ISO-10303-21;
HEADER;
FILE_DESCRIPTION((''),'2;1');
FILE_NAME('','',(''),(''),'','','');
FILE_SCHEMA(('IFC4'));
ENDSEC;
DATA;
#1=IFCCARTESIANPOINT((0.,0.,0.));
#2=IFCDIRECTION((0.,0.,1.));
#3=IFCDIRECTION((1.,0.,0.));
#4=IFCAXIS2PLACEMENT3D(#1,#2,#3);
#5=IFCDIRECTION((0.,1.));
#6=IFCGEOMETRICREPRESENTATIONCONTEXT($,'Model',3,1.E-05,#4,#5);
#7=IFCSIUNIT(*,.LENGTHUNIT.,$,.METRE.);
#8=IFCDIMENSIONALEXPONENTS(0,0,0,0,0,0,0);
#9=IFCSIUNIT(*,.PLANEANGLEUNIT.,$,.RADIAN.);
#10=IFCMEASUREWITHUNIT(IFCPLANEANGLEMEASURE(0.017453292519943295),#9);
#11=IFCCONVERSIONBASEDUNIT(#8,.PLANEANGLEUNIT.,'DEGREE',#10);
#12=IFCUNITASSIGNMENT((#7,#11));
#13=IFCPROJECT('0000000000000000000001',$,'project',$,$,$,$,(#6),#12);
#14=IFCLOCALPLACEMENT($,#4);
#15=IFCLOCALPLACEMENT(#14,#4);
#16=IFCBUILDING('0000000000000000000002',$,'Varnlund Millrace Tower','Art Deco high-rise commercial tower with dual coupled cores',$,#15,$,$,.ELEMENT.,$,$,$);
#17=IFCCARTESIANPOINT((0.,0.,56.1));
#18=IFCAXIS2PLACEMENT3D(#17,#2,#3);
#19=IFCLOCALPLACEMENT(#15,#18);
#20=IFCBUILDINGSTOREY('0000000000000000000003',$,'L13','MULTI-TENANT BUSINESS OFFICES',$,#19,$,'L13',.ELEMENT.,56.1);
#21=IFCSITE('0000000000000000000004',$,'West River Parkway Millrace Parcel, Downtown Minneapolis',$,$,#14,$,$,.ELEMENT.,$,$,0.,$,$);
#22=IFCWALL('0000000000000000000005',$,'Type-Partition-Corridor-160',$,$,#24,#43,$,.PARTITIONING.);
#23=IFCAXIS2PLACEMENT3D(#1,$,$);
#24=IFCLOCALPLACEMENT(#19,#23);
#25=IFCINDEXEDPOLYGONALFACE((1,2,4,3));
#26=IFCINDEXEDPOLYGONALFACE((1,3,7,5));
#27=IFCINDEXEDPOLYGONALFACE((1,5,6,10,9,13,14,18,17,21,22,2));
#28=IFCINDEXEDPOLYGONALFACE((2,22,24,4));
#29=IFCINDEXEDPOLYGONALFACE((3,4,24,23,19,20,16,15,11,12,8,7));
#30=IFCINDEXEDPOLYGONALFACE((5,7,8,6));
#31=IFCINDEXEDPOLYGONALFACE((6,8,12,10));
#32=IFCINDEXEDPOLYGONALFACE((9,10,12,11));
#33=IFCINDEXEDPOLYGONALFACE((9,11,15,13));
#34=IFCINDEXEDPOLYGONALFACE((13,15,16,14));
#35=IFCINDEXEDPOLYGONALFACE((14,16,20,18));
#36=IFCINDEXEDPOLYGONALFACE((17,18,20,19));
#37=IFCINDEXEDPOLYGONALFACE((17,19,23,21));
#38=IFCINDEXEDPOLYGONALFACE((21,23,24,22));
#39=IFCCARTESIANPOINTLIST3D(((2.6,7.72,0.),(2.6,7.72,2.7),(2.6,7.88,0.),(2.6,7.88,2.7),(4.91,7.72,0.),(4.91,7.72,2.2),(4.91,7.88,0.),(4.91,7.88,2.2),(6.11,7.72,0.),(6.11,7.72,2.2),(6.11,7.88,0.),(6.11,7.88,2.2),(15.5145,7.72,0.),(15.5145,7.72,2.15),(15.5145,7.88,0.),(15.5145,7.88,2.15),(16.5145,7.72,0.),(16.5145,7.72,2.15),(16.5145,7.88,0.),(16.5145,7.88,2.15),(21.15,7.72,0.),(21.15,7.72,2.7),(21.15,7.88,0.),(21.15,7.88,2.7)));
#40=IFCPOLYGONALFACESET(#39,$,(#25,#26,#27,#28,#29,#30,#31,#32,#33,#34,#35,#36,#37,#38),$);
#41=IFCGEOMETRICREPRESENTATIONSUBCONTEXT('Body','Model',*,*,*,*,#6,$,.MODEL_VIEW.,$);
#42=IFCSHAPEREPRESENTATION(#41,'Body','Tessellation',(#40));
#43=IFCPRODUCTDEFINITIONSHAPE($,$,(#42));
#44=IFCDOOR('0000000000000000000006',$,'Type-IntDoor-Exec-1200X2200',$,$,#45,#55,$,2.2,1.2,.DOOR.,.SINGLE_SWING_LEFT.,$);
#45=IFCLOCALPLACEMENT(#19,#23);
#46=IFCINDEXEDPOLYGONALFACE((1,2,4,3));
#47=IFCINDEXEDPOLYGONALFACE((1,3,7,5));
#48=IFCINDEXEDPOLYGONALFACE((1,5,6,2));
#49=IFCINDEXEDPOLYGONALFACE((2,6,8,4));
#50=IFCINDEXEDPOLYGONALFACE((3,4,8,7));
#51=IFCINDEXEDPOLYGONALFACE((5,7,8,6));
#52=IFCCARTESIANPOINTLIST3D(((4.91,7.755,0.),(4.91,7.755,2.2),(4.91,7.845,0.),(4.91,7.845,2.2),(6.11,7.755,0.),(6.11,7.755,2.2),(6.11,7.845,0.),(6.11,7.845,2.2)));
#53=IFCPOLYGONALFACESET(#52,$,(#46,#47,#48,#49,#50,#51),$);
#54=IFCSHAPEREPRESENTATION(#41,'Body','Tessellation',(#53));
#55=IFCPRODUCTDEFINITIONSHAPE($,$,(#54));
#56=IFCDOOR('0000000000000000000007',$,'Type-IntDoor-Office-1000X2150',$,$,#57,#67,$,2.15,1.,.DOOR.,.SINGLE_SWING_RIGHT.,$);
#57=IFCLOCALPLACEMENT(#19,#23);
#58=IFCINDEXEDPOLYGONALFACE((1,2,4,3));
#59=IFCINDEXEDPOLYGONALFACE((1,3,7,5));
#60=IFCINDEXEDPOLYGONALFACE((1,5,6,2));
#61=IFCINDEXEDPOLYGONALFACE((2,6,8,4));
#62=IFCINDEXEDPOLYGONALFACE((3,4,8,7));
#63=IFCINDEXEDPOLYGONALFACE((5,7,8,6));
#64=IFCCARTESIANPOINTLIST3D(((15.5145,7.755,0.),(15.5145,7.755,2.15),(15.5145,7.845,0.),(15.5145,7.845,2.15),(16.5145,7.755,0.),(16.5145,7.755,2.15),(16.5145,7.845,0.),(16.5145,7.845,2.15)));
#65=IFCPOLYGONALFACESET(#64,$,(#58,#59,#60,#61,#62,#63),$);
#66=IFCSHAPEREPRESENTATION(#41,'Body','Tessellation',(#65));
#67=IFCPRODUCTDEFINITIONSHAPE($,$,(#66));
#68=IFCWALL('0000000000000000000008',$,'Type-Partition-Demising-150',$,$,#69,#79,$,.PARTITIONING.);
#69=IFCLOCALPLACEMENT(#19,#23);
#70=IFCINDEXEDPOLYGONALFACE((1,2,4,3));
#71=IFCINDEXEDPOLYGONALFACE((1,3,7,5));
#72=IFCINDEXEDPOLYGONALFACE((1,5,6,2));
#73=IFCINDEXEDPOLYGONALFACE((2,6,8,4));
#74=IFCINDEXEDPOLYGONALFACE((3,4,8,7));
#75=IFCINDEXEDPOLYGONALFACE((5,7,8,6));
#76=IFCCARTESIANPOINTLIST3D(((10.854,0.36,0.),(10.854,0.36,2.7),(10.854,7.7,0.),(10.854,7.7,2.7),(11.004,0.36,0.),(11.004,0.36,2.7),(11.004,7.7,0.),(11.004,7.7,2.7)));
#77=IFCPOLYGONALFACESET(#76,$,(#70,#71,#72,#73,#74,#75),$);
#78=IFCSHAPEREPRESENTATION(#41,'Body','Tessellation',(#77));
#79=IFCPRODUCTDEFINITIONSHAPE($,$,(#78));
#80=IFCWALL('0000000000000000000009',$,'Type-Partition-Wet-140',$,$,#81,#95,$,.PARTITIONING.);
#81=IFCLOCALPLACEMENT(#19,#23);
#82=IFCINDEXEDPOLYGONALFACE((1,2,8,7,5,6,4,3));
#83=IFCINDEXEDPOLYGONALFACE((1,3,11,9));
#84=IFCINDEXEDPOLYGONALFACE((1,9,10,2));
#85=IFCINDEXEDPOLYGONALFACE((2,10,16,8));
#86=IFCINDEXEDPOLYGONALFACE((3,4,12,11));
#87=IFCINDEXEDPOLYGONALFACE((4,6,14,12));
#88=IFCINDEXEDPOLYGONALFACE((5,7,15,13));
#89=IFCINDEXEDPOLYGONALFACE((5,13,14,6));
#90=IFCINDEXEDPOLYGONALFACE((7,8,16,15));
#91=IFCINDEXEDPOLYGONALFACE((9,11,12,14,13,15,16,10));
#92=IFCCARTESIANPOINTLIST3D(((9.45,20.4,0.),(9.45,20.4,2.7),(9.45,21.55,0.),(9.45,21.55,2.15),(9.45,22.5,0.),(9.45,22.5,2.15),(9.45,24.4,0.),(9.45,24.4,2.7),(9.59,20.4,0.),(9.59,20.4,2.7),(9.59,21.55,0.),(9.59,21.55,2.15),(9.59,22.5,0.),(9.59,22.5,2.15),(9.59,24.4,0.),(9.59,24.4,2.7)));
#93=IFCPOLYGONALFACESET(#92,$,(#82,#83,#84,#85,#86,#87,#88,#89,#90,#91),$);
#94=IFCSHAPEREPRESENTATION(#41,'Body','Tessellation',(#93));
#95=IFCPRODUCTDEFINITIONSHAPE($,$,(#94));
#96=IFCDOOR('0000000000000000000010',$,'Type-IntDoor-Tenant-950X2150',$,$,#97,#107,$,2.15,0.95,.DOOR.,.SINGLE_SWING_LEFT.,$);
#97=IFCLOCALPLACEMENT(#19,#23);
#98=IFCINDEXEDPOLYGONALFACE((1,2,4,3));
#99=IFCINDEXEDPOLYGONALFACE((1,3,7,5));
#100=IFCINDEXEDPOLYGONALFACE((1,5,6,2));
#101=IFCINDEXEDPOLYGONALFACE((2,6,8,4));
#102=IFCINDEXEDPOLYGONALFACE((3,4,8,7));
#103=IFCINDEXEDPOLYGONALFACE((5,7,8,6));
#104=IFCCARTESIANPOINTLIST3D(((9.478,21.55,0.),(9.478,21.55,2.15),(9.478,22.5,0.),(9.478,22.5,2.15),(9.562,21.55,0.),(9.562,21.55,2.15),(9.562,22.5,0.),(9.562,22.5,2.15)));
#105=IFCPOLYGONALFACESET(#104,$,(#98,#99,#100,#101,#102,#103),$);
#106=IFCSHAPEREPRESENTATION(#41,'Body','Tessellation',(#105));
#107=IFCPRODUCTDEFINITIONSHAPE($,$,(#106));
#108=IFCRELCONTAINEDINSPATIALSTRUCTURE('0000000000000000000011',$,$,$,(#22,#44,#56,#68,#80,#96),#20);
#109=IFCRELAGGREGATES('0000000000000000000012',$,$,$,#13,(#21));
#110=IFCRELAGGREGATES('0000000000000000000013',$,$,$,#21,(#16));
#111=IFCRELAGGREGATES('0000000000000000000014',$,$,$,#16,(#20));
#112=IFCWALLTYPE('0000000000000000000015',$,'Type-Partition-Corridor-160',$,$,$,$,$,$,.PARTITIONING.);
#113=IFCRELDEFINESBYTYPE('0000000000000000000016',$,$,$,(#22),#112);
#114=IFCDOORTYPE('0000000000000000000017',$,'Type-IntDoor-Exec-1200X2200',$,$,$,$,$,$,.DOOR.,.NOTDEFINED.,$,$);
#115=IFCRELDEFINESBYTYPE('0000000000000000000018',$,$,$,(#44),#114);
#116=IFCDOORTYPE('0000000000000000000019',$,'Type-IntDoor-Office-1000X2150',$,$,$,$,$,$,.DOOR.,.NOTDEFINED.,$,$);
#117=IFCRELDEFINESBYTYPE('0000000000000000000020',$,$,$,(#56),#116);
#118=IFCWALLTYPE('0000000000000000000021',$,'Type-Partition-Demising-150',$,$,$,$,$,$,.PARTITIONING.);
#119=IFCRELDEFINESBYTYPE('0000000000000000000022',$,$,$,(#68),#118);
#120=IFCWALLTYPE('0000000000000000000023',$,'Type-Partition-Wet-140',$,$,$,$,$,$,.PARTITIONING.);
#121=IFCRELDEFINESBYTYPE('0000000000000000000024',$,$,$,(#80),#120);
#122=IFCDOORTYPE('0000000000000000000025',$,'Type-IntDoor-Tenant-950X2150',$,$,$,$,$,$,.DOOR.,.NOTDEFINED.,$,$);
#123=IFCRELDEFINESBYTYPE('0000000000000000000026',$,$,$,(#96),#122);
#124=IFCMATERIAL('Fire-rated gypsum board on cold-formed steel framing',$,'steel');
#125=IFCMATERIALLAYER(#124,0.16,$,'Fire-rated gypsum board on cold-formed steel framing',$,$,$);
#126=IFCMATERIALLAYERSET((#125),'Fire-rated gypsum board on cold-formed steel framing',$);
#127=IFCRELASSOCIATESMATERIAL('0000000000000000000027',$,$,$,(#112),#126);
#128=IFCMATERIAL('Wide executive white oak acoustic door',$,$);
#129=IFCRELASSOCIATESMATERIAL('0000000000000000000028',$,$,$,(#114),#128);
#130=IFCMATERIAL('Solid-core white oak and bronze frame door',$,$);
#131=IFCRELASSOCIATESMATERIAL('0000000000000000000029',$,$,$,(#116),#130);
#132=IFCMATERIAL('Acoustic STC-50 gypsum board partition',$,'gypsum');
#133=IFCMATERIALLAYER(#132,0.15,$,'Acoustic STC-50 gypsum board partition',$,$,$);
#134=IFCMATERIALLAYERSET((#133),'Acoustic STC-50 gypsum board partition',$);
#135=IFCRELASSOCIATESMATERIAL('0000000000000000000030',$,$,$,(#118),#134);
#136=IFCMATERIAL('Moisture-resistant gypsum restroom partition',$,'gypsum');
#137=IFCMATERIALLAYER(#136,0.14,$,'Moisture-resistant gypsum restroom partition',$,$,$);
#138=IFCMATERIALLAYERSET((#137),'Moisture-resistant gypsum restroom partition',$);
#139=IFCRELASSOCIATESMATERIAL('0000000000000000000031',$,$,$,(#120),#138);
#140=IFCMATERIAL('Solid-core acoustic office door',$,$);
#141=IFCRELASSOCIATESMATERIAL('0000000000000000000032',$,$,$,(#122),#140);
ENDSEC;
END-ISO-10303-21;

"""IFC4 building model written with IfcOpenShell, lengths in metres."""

from ifc_helpers import new_model, entity, si_unit, converted_unit, direction, frame, origin_with_axes, origin_2d_with_axis, place, context, subcontext, project, spatial, polyline, rectangle, outline, extrude, material, layer, layer_set, type_object, element, fill, save


model = new_model("IFC4")

# Units and contexts
model_context = context("Model", 3, precision=1e-05, world=origin_with_axes(), true_north=direction((0.0, 1.0)))
body_context = subcontext(model_context, "Body", "Model", "MODEL_VIEW")
ifc_project = project(units=[si_unit("LENGTHUNIT", "METRE"), converted_unit("PLANEANGLEUNIT", "DEGREE", entity("IfcPlaneAngleMeasure", 0.017453292519943295), si_unit("PLANEANGLEUNIT", "RADIAN"), dimensions=[0, 0, 0, 0, 0, 0, 0])], contexts=[model_context])

# Site, building, storey
site_placement = place(None, origin_with_axes())
site = spatial("IfcSite", under=ifc_project, at=site_placement, Name="West River Parkway Millrace Parcel, Downtown Minneapolis", CompositionType="ELEMENT", RefElevation=0.0)
building_placement = place(site_placement, origin_with_axes())
building = spatial("IfcBuilding", under=site, at=building_placement, Name="Varnlund Millrace Tower", Description="Art Deco high-rise commercial tower with dual coupled cores", CompositionType="ELEMENT")
storey_placement = place(building_placement, frame((0.0, 0.0, 56.1), z_axis=(0.0, 0.0, 1.0), x_axis=(1.0, 0.0, 0.0)))
storey = spatial("IfcBuildingStorey", under=building, at=storey_placement, Name="L13", Description="MULTI-TENANT BUSINESS OFFICES", LongName="L13", CompositionType="ELEMENT", Elevation=56.1)

# Wall, openings, doors
ifc_material_1 = material(Name="Fire-rated gypsum board on cold-formed steel framing", Category="steel")
ifc_layer_1 = layer(ifc_material_1, 0.16, Name="Fire-rated gypsum board on cold-formed steel framing")
ifc_layer_set_1 = layer_set([ifc_layer_1], Name="Fire-rated gypsum board on cold-formed steel framing")
wall_type_1 = type_object("IfcWallType", Name="Type-Partition-Corridor-160", PredefinedType="PARTITIONING", material=ifc_layer_set_1)
wall_1_placement = place(storey_placement, frame((2.6, 7.8, 0.0), z_axis=(0.0, 0.0, 1.0), x_axis=(1.0, 0.0, 0.0)))
wall_1 = element("IfcWall", 1, at=wall_1_placement, inside=storey, type_object=wall_type_1, Name="Type-Partition-Corridor-160", PredefinedType="PARTITIONING", context=body_context, shape_type="SweptSolid", body=[
    extrude(outline(polyline([(0.0, -0.08), (18.55, -0.08), (18.55, 0.08), (0.0, 0.08), (0.0, -0.08)])), origin_with_axes(), (0.0, 0.0, 1.0), 2.7),
])
opening_1_placement = place(wall_1_placement, frame((2.91, 0.0, 0.0), z_axis=(0.0, 0.0, 1.0), x_axis=(1.0, 0.0, 0.0)))
opening_1 = element("IfcOpeningElement", 2, at=opening_1_placement, cuts=wall_1, PredefinedType="OPENING", context=body_context, shape_type="SweptSolid", body=[
    extrude(rectangle(XDim=1.2, YDim=0.18, at=origin_2d_with_axis()), origin_with_axes(), (0.0, 0.0, 1.0), 2.2),
])
opening_2_placement = place(wall_1_placement, frame((13.4145, 0.0, 0.0), z_axis=(0.0, 0.0, 1.0), x_axis=(1.0, 0.0, 0.0)))
opening_2 = element("IfcOpeningElement", 3, at=opening_2_placement, cuts=wall_1, PredefinedType="OPENING", context=body_context, shape_type="SweptSolid", body=[
    extrude(rectangle(XDim=1.0, YDim=0.18, at=origin_2d_with_axis()), origin_with_axes(), (0.0, 0.0, 1.0), 2.15),
])
ifc_material_2 = material(Name="Wide executive white oak acoustic door")
door_type_1 = type_object("IfcDoorType", Name="Type-IntDoor-Exec-1200X2200", OperationType="NOTDEFINED", PredefinedType="DOOR", material=ifc_material_2)
door_1_placement = place(wall_1_placement, frame((2.91, 0.0, 0.0), z_axis=(0.0, 0.0, 1.0), x_axis=(1.0, 0.0, 0.0)))
door_1 = element("IfcDoor", 4, at=door_1_placement, inside=storey, type_object=door_type_1, Name="Type-IntDoor-Exec-1200X2200", OperationType="SINGLE_SWING_LEFT", OverallHeight=2.2, OverallWidth=1.2, PredefinedType="DOOR", context=body_context, shape_type="SweptSolid", body=[
    extrude(rectangle(XDim=1.2, YDim=0.09, at=origin_2d_with_axis()), origin_with_axes(), (0.0, 0.0, 1.0), 2.2),
])
fill(opening_1, door_1)
ifc_material_3 = material(Name="Solid-core white oak and bronze frame door")
door_type_2 = type_object("IfcDoorType", Name="Type-IntDoor-Office-1000X2150", OperationType="NOTDEFINED", PredefinedType="DOOR", material=ifc_material_3)
door_2_placement = place(wall_1_placement, frame((13.4145, 0.0, 0.0), z_axis=(0.0, 0.0, 1.0), x_axis=(1.0, 0.0, 0.0)))
door_2 = element("IfcDoor", 5, at=door_2_placement, inside=storey, type_object=door_type_2, Name="Type-IntDoor-Office-1000X2150", OperationType="SINGLE_SWING_RIGHT", OverallHeight=2.15, OverallWidth=1.0, PredefinedType="DOOR", context=body_context, shape_type="SweptSolid", body=[
    extrude(rectangle(XDim=1.0, YDim=0.09, at=origin_2d_with_axis()), origin_with_axes(), (0.0, 0.0, 1.0), 2.15),
])
fill(opening_2, door_2)

# Wall
ifc_material_4 = material(Name="Acoustic STC-50 gypsum board partition", Category="gypsum")
ifc_layer_2 = layer(ifc_material_4, 0.15, Name="Acoustic STC-50 gypsum board partition")
ifc_layer_set_2 = layer_set([ifc_layer_2], Name="Acoustic STC-50 gypsum board partition")
wall_type_2 = type_object("IfcWallType", Name="Type-Partition-Demising-150", PredefinedType="PARTITIONING", material=ifc_layer_set_2)
wall_2_placement = place(storey_placement, frame((10.929, 0.36, 0.0), z_axis=(0.0, 0.0, 1.0), x_axis=(0.0, 1.0, 0.0)))
element("IfcWall", 6, at=wall_2_placement, inside=storey, type_object=wall_type_2, Name="Type-Partition-Demising-150", PredefinedType="PARTITIONING", context=body_context, shape_type="SweptSolid", body=[
    extrude(outline(polyline([(0.0, -0.075), (7.34, -0.075), (7.34, 0.075), (0.0, 0.075), (0.0, -0.075)])), origin_with_axes(), (0.0, 0.0, 1.0), 2.7),
])

# Wall, opening, door
ifc_material_5 = material(Name="Moisture-resistant gypsum restroom partition", Category="gypsum")
ifc_layer_3 = layer(ifc_material_5, 0.14, Name="Moisture-resistant gypsum restroom partition")
ifc_layer_set_3 = layer_set([ifc_layer_3], Name="Moisture-resistant gypsum restroom partition")
wall_type_3 = type_object("IfcWallType", Name="Type-Partition-Wet-140", PredefinedType="PARTITIONING", material=ifc_layer_set_3)
wall_3_placement = place(storey_placement, frame((9.52, 20.4, 0.0), z_axis=(0.0, 0.0, 1.0), x_axis=(0.0, 1.0, 0.0)))
wall_3 = element("IfcWall", 7, at=wall_3_placement, inside=storey, type_object=wall_type_3, Name="Type-Partition-Wet-140", PredefinedType="PARTITIONING", context=body_context, shape_type="SweptSolid", body=[
    extrude(outline(polyline([(0.0, -0.07), (4.0, -0.07), (4.0, 0.07), (0.0, 0.07), (0.0, -0.07)])), origin_with_axes(), (0.0, 0.0, 1.0), 2.7),
])
opening_3_placement = place(wall_3_placement, frame((1.625, 0.0, 0.0), z_axis=(0.0, 0.0, 1.0), x_axis=(1.0, 0.0, 0.0)))
opening_3 = element("IfcOpeningElement", 8, at=opening_3_placement, cuts=wall_3, PredefinedType="OPENING", context=body_context, shape_type="SweptSolid", body=[
    extrude(rectangle(XDim=0.95, YDim=0.16, at=origin_2d_with_axis()), origin_with_axes(), (0.0, 0.0, 1.0), 2.15),
])
ifc_material_6 = material(Name="Solid-core acoustic office door")
door_type_3 = type_object("IfcDoorType", Name="Type-IntDoor-Tenant-950X2150", OperationType="NOTDEFINED", PredefinedType="DOOR", material=ifc_material_6)
door_3_placement = place(wall_3_placement, frame((1.625, 0.0, 0.0), z_axis=(0.0, 0.0, 1.0), x_axis=(1.0, 0.0, 0.0)))
door_3 = element("IfcDoor", 9, at=door_3_placement, inside=storey, type_object=door_type_3, Name="Type-IntDoor-Tenant-950X2150", OperationType="SINGLE_SWING_LEFT", OverallHeight=2.15, OverallWidth=0.95, PredefinedType="DOOR", context=body_context, shape_type="SweptSolid", body=[
    extrude(rectangle(XDim=0.95, YDim=0.084, at=origin_2d_with_axis()), origin_with_axes(), (0.0, 0.0, 1.0), 2.15),
])
fill(opening_3, door_3)

save(model, "model.ifc")
